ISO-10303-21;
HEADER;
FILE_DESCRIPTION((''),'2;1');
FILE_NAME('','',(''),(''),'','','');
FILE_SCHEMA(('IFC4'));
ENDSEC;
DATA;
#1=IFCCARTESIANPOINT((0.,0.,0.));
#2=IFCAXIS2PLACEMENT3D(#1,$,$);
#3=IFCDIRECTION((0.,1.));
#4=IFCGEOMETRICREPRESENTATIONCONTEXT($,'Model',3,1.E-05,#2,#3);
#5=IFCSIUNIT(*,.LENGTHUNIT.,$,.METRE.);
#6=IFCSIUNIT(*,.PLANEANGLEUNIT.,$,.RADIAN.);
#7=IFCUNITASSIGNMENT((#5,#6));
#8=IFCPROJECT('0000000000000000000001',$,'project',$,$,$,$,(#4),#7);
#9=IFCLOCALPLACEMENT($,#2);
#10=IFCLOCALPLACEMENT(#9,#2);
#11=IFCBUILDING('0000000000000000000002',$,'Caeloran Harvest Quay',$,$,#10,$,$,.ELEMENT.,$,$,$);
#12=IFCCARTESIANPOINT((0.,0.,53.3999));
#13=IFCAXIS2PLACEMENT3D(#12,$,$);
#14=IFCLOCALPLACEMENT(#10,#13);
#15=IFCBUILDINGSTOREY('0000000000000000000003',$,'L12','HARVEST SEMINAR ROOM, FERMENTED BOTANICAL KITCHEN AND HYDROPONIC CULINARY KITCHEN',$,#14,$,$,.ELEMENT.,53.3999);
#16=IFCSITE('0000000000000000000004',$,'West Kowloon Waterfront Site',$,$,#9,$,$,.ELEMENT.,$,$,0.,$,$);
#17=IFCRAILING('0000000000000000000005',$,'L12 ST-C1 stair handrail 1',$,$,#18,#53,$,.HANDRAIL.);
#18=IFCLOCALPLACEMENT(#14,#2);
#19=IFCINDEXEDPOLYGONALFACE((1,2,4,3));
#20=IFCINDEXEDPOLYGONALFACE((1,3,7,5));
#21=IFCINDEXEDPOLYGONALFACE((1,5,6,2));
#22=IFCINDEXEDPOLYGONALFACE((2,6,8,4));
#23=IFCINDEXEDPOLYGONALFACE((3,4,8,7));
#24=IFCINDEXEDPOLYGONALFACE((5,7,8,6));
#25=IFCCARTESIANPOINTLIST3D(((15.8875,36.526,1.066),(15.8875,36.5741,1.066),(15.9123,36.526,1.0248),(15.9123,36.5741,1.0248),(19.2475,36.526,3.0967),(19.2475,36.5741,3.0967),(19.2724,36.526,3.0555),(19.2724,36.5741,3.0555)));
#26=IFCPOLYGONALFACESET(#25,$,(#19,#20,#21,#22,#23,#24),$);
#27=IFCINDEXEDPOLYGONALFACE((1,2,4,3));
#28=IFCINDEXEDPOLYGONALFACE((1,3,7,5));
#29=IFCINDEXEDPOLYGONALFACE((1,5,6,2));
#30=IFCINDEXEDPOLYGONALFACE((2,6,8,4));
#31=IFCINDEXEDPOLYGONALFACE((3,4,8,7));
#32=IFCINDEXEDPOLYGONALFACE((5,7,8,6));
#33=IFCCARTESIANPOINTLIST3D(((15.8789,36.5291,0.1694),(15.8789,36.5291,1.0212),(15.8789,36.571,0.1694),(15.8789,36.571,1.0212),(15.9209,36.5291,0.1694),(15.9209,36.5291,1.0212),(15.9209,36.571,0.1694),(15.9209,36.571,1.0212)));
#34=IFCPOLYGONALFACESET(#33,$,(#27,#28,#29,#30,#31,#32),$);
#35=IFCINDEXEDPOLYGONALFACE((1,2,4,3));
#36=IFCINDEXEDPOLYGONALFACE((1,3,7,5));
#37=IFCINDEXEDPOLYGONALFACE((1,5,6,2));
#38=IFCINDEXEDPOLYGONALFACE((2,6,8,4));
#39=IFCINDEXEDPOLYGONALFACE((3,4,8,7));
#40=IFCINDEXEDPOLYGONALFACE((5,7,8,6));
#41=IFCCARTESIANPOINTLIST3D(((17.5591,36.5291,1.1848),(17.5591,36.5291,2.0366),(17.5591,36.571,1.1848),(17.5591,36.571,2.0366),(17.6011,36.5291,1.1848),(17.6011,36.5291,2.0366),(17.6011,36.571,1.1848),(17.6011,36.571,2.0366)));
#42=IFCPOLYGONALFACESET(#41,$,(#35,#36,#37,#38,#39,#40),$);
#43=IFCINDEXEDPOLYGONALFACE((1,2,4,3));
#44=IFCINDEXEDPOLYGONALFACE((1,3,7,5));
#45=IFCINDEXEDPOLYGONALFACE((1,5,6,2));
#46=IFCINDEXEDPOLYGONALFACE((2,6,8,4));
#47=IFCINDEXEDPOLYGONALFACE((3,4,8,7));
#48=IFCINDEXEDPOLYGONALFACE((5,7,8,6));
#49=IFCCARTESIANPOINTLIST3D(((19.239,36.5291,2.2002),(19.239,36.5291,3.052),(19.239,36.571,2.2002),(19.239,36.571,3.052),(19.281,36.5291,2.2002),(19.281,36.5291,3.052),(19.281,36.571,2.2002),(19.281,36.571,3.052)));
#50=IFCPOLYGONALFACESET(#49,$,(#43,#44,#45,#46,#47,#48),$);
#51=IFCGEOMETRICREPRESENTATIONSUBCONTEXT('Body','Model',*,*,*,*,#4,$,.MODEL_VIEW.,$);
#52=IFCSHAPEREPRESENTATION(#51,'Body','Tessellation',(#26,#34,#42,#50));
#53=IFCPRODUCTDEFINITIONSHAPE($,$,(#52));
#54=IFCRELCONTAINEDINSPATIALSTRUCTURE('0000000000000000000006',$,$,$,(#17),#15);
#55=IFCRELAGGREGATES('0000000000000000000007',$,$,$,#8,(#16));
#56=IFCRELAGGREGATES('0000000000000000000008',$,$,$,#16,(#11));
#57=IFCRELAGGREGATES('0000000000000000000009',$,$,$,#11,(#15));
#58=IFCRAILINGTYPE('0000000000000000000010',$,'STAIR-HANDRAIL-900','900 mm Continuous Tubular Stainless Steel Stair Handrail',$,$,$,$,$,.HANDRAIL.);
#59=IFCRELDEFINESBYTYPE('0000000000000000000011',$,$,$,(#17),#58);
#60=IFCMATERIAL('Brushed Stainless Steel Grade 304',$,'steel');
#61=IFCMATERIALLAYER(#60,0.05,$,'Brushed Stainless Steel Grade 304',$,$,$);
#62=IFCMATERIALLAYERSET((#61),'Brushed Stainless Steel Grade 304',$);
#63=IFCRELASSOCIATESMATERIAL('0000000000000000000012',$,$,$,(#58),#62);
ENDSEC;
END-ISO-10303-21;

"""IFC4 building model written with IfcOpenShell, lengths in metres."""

from ifc_helpers import new_model, si_unit, direction, frame, origin, origin_2d, place, context, subcontext, project, spatial, rectangle, extrude, material, layer, layer_set, type_object, element, save


model = new_model("IFC4")

# Units and contexts
model_context = context("Model", 3, precision=1e-05, world=origin(), true_north=direction((0.0, 1.0)))
body_context = subcontext(model_context, "Body", "Model", "MODEL_VIEW")
ifc_project = project(units=[si_unit("LENGTHUNIT", "METRE"), si_unit("PLANEANGLEUNIT", "RADIAN")], contexts=[model_context])

# Site, building, storey
site_placement = place(None, origin())
site = spatial("IfcSite", under=ifc_project, at=site_placement, Name="West Kowloon Waterfront Site", CompositionType="ELEMENT", RefElevation=0.0)
building_placement = place(site_placement, origin())
building = spatial("IfcBuilding", under=site, at=building_placement, Name="Caeloran Harvest Quay", CompositionType="ELEMENT")
storey_placement = place(building_placement, frame((0.0, 0.0, 53.3999)))
storey = spatial("IfcBuildingStorey", under=building, at=storey_placement, Name="L12", Description="HARVEST SEMINAR ROOM, FERMENTED BOTANICAL KITCHEN AND HYDROPONIC CULINARY KITCHEN", CompositionType="ELEMENT", Elevation=53.3999)

# Railing
ifc_material_1 = material(Name="Brushed Stainless Steel Grade 304", Category="steel")
ifc_layer_1 = layer(ifc_material_1, 0.05, Name="Brushed Stainless Steel Grade 304")
ifc_layer_set_1 = layer_set([ifc_layer_1], Name="Brushed Stainless Steel Grade 304")
railing_type_1 = type_object("IfcRailingType", Name="STAIR-HANDRAIL-900", Description="900 mm Continuous Tubular Stainless Steel Stair Handrail", PredefinedType="HANDRAIL", material=ifc_layer_set_1)
railing_1_placement = place(storey_placement, frame((15.8999, 36.55, 0.1694)))
element("IfcRailing", 1, at=railing_1_placement, inside=storey, type_object=railing_type_1, Name="L12 ST-C1 stair handrail 1", PredefinedType="HANDRAIL", context=body_context, shape_type="SweptSolid", body=[
    extrude(rectangle(XDim=0.0481, YDim=0.0481, at=origin_2d()), frame((0.0, 0.0, 0.876), z_axis=(0.855837, 0.0, 0.517246), x_axis=(0.0, 1.0, 0.0)), (0.0, 0.0, 1.0), 3.926),
    extrude(rectangle(XDim=0.042, YDim=0.042, at=origin_2d()), origin(), (0.0, 0.0, 1.0), 0.8518),
    extrude(rectangle(XDim=0.042, YDim=0.042, at=origin_2d()), frame((1.6802, 0.0, 1.0154)), (0.0, 0.0, 1.0), 0.8518),
    extrude(rectangle(XDim=0.042, YDim=0.042, at=origin_2d()), frame((3.3601, 0.0, 2.0308)), (0.0, 0.0, 1.0), 0.8518),
])

save(model, "model.ifc")
